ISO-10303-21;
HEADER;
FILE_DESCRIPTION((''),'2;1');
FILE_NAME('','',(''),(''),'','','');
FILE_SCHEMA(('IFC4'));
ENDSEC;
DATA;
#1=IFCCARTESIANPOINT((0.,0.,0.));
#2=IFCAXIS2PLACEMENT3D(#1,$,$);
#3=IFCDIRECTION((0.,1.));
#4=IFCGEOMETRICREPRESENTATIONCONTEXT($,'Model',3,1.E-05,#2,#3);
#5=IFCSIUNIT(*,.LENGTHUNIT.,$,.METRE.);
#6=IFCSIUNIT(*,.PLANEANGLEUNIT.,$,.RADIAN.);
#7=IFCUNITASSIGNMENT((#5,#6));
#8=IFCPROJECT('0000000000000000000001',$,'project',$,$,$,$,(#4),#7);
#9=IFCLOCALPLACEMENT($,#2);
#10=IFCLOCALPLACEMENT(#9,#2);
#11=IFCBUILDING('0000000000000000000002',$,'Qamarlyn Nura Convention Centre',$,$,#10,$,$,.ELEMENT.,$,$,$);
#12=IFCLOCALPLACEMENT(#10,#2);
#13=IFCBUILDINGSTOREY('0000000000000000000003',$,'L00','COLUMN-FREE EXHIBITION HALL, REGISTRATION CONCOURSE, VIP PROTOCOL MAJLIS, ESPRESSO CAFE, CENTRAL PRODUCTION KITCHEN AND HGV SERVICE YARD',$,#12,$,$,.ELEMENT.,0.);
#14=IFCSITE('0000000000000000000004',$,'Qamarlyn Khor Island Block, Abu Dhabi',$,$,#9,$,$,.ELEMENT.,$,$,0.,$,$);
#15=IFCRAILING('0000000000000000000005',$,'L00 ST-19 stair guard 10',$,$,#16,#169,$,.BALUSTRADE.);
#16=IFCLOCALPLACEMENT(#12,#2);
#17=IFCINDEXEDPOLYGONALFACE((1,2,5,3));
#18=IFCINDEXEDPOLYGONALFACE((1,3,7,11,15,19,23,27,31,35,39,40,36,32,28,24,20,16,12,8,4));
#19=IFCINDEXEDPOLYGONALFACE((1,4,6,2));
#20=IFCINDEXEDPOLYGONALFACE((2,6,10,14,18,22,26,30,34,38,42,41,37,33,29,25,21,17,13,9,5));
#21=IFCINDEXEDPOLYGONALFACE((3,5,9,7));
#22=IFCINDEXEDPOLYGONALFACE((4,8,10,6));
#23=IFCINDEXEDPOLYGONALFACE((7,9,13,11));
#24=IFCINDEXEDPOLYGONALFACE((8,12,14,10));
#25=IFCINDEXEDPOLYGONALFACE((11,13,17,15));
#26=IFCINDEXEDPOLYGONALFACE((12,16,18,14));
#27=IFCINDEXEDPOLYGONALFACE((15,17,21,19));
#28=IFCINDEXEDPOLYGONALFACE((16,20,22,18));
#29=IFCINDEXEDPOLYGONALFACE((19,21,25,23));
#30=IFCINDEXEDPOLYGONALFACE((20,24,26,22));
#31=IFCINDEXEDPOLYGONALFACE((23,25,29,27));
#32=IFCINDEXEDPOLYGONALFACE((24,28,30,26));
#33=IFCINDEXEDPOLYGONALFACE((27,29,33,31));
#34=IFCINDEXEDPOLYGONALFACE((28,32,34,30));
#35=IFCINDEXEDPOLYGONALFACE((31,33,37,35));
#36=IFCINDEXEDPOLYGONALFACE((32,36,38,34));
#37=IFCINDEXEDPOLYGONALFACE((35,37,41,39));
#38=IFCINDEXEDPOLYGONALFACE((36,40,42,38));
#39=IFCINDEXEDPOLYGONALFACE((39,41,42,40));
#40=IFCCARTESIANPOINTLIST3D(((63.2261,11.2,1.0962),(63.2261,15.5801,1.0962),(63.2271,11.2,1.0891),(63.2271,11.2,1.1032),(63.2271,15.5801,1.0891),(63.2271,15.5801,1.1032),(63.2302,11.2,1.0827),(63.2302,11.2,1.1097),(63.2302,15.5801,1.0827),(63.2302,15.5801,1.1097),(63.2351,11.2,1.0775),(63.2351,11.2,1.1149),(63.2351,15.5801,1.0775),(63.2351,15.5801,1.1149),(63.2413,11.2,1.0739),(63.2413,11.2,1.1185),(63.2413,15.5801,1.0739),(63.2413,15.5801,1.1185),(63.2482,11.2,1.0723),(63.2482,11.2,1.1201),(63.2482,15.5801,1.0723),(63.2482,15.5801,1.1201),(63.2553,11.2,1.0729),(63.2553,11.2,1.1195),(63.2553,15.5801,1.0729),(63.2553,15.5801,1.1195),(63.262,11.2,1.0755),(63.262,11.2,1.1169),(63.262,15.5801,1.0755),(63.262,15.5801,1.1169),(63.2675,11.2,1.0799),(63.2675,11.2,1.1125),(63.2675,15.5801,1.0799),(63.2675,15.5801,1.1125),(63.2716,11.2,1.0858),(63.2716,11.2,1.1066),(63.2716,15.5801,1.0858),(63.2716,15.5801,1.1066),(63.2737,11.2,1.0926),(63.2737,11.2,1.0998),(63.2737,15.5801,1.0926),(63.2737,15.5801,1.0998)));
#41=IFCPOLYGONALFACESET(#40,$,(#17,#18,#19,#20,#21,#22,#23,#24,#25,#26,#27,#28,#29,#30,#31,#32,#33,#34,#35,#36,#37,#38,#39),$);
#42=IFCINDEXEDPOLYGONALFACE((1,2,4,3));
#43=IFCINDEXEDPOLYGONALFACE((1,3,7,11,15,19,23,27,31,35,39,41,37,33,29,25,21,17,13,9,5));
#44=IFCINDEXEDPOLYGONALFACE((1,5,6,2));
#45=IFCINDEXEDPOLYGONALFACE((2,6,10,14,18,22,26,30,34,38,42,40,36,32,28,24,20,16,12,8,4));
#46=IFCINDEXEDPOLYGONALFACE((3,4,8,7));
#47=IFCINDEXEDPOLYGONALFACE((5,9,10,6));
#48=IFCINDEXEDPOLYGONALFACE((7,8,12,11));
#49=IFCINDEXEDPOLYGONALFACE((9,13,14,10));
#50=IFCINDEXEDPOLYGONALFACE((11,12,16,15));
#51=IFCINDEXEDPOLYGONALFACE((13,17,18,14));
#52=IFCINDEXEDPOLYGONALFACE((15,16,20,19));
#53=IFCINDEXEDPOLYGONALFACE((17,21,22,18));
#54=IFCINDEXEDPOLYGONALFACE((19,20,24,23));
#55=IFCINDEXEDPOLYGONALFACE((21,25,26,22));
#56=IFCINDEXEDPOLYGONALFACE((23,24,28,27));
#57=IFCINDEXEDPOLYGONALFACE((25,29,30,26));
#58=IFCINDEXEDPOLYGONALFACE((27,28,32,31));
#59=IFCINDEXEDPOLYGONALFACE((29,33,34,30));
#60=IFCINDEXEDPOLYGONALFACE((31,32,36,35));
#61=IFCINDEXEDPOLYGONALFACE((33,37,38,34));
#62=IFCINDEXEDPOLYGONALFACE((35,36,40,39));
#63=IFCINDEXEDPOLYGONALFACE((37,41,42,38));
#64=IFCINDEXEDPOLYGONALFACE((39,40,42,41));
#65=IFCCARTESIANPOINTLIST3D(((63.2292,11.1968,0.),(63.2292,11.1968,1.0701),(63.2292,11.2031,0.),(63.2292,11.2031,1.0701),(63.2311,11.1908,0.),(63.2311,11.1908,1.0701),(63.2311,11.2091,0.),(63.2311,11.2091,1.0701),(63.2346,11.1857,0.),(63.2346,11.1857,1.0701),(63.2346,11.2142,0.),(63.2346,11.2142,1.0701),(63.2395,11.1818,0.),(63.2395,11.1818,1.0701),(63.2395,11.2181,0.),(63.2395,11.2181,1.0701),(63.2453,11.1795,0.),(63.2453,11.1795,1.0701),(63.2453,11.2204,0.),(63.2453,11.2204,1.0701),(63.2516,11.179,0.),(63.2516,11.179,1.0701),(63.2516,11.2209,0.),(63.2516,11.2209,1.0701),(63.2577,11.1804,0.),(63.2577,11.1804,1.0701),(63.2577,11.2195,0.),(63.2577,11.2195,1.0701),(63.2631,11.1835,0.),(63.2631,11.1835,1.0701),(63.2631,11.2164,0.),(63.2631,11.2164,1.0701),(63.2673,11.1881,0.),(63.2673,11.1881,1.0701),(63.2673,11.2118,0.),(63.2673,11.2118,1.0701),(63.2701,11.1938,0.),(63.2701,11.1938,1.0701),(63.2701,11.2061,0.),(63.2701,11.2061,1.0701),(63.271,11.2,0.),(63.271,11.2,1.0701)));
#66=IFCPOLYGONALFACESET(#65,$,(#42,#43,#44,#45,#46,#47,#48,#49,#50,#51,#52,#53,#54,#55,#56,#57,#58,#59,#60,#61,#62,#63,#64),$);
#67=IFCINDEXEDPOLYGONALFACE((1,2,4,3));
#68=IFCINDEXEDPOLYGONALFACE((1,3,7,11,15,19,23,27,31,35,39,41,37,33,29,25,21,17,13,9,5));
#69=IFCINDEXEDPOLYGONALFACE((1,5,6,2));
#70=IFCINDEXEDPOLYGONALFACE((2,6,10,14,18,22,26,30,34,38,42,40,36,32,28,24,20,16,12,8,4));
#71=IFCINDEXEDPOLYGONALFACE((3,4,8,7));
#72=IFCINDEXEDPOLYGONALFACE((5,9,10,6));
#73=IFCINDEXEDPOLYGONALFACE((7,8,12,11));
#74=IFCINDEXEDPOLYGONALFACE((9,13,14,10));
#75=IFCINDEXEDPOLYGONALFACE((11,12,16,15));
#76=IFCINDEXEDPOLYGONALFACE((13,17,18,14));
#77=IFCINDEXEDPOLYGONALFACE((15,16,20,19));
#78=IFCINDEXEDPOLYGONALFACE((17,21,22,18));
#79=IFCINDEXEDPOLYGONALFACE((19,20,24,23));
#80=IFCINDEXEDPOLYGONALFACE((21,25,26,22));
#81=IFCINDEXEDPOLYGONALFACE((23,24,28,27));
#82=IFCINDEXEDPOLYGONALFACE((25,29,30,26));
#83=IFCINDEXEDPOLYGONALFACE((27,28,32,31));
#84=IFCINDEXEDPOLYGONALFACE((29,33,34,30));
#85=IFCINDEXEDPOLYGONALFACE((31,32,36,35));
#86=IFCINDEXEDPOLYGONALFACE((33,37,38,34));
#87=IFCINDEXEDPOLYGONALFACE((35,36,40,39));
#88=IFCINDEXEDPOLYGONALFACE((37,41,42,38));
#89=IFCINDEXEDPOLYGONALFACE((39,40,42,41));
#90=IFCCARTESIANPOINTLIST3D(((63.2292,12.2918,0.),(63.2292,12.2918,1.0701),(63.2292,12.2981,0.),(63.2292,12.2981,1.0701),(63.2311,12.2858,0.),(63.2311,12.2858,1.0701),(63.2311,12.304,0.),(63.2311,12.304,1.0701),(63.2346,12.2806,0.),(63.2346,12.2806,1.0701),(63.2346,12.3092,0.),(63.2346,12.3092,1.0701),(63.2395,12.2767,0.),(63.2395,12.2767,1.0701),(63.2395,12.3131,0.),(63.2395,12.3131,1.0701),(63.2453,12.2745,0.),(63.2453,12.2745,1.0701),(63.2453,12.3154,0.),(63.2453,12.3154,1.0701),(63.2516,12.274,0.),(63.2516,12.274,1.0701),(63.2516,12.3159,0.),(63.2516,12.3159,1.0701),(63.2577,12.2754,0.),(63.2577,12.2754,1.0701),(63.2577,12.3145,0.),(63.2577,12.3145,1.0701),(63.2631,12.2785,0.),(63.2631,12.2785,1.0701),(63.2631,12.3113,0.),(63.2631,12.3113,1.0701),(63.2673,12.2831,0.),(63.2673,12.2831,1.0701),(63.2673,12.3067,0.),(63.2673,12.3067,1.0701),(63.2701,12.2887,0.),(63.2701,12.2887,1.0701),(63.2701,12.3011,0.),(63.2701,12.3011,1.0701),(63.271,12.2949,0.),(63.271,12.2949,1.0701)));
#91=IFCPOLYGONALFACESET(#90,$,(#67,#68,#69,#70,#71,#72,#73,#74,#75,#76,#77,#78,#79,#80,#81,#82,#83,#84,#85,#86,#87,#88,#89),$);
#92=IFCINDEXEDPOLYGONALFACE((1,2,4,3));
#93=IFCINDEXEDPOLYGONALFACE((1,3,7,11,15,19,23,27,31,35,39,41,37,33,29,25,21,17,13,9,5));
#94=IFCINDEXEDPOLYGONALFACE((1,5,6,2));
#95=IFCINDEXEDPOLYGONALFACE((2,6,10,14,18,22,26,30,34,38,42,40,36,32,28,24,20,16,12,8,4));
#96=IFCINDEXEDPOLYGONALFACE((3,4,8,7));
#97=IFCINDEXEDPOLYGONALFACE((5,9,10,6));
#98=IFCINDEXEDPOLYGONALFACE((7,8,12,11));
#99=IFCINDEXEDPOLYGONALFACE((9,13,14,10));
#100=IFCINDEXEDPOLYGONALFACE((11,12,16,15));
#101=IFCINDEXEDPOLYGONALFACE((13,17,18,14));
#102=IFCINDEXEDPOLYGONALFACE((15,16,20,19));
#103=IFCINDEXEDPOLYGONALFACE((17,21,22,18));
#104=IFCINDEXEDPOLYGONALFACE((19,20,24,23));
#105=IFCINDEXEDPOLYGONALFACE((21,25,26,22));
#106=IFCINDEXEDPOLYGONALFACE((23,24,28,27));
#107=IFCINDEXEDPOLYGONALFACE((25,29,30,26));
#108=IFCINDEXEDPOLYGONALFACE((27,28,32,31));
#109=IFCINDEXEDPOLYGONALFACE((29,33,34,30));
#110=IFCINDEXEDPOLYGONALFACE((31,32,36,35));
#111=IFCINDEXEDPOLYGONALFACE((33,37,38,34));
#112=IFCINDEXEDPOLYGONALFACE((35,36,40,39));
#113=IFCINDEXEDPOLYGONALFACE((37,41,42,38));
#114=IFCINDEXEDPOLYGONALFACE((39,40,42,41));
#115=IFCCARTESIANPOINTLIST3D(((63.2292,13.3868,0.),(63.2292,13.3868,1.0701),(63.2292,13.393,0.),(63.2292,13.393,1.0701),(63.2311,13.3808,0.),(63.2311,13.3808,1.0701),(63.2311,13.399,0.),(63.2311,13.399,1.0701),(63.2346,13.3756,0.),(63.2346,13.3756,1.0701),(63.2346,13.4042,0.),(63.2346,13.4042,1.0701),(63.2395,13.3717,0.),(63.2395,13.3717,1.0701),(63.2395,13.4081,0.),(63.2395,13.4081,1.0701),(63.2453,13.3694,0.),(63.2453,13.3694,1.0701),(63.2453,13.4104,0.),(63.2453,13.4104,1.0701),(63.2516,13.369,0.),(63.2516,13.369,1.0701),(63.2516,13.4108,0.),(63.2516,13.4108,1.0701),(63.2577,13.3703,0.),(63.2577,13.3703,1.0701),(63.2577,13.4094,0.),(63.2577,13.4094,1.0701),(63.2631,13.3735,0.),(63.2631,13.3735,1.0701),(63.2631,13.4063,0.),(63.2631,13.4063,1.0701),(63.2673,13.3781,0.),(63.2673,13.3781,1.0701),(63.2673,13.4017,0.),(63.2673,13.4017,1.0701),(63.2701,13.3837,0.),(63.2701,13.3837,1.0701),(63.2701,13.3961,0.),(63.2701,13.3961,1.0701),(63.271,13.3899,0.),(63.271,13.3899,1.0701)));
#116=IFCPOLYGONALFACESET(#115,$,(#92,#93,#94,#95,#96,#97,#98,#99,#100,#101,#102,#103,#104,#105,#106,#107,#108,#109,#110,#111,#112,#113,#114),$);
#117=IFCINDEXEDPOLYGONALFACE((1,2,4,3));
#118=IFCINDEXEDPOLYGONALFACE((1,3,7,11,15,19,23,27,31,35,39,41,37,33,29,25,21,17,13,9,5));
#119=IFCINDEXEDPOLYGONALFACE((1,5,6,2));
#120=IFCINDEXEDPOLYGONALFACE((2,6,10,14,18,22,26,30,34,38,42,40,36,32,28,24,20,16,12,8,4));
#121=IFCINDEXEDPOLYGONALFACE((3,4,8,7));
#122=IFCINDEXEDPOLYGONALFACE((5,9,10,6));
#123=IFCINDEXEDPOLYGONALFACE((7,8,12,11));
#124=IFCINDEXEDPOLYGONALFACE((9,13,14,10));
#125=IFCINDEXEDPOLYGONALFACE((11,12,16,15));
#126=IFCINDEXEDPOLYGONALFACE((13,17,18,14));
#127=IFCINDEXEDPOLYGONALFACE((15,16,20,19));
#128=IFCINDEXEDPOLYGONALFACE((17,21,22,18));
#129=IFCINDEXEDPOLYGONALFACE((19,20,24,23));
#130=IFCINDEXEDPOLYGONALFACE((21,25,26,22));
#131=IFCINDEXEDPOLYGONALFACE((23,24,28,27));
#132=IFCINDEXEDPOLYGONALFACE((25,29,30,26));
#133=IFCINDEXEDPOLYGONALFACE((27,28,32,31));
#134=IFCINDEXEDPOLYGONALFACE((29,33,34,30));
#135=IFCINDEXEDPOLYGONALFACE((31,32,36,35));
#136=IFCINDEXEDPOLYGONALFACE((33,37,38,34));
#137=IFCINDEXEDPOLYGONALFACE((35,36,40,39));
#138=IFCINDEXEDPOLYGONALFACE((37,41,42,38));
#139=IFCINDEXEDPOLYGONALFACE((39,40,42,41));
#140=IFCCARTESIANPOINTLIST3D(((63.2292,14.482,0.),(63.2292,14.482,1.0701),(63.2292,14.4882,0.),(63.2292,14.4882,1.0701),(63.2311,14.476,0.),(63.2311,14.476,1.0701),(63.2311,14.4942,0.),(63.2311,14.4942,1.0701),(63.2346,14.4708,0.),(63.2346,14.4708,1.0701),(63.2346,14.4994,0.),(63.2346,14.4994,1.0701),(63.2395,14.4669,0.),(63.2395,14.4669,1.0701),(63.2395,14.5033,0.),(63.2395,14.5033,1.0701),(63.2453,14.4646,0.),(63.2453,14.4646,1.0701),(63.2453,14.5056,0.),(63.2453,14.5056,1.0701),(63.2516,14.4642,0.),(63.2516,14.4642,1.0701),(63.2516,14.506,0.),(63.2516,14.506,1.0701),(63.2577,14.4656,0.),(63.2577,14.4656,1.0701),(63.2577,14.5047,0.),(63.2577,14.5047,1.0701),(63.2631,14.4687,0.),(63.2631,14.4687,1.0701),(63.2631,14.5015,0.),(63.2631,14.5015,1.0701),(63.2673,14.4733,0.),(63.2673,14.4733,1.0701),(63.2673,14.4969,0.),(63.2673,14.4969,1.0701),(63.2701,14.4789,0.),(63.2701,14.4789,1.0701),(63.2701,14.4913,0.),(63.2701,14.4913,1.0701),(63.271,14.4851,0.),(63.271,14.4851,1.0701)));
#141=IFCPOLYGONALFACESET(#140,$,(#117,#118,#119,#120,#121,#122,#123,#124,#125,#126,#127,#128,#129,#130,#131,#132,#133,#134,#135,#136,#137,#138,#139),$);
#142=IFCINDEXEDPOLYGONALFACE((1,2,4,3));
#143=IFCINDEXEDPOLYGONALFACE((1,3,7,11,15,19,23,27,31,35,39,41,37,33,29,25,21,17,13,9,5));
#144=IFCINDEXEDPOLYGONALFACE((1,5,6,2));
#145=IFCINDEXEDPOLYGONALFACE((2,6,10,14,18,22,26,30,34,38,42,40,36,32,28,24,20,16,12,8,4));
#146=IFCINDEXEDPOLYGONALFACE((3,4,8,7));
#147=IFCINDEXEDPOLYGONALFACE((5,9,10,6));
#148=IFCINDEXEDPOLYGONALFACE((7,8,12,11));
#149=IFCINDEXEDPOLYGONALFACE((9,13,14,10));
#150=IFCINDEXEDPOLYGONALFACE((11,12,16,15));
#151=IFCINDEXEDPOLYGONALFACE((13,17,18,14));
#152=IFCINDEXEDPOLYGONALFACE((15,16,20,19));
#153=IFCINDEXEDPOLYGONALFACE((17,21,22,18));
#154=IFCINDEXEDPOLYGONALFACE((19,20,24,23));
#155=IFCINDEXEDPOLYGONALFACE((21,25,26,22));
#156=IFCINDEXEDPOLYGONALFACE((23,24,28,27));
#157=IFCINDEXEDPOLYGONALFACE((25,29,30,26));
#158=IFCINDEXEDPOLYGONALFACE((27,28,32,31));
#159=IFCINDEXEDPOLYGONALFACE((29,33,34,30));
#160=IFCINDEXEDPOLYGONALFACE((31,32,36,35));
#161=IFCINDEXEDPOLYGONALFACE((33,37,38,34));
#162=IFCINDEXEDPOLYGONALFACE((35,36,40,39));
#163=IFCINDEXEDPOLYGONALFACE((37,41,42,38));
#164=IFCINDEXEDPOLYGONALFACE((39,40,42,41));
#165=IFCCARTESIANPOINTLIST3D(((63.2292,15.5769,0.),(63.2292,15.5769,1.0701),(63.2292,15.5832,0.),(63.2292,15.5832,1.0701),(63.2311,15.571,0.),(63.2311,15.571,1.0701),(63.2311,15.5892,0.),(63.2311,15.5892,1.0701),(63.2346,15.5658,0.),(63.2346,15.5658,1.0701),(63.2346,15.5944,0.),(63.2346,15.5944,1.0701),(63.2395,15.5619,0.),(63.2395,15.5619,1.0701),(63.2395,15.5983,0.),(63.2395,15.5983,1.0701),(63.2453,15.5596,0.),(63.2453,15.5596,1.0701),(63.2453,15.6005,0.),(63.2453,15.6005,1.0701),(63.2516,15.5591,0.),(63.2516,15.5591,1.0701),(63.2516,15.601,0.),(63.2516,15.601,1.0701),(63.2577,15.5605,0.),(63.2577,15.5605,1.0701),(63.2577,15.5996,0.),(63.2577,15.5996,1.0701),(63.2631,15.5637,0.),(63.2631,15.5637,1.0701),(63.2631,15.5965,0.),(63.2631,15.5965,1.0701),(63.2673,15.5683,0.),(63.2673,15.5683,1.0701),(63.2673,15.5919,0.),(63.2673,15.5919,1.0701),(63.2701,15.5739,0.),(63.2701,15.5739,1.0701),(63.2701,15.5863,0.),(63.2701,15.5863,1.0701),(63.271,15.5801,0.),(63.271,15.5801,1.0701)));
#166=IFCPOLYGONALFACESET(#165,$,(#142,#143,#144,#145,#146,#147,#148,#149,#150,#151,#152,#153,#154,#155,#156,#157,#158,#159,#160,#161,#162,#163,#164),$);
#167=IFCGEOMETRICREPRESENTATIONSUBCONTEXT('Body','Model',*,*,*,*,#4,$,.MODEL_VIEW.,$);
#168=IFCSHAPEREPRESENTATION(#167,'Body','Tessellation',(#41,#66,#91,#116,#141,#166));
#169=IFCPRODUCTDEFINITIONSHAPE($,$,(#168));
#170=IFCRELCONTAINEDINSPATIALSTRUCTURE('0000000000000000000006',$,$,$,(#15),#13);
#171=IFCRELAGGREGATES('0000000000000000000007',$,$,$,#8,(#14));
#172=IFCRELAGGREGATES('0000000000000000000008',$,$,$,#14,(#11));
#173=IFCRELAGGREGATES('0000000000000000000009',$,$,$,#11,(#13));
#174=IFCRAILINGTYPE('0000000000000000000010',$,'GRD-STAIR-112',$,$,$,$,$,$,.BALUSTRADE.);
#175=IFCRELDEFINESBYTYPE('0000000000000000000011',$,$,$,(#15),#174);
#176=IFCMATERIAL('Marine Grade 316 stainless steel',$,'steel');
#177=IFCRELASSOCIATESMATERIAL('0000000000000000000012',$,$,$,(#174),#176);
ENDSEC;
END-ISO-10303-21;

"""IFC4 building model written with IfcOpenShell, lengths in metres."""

from ifc_helpers import new_model, si_unit, direction, frame, origin, origin_2d, place, context, subcontext, project, spatial, circle, extrude, material, type_object, element, save


model = new_model("IFC4")

# Units and contexts
model_context = context("Model", 3, precision=1e-05, world=origin(), true_north=direction((0.0, 1.0)))
body_context = subcontext(model_context, "Body", "Model", "MODEL_VIEW")
ifc_project = project(units=[si_unit("LENGTHUNIT", "METRE"), si_unit("PLANEANGLEUNIT", "RADIAN")], contexts=[model_context])

# Site, building, storey
site_placement = place(None, origin())
site = spatial("IfcSite", under=ifc_project, at=site_placement, Name="Qamarlyn Khor Island Block, Abu Dhabi", CompositionType="ELEMENT", RefElevation=0.0)
building_placement = place(site_placement, origin())
building = spatial("IfcBuilding", under=site, at=building_placement, Name="Qamarlyn Nura Convention Centre", CompositionType="ELEMENT")
storey_placement = place(building_placement, origin())
storey = spatial("IfcBuildingStorey", under=building, at=storey_placement, Name="L00", Description="COLUMN-FREE EXHIBITION HALL, REGISTRATION CONCOURSE, VIP PROTOCOL MAJLIS, ESPRESSO CAFE, CENTRAL PRODUCTION KITCHEN AND HGV SERVICE YARD", CompositionType="ELEMENT", Elevation=0.0)

# Railing
ifc_material_1 = material(Name="Marine Grade 316 stainless steel", Category="steel")
railing_type_1 = type_object("IfcRailingType", Name="GRD-STAIR-112", PredefinedType="BALUSTRADE", material=ifc_material_1)
railing_1_placement = place(storey_placement, frame((63.25, 11.2, 0.0)))
element("IfcRailing", 1, at=railing_1_placement, inside=storey, type_object=railing_type_1, Name="L00 ST-19 stair guard 10", PredefinedType="BALUSTRADE", context=body_context, shape_type="SweptSolid", body=[
    extrude(circle(Radius=0.0239, at=origin_2d()), frame((0.0, 0.0, 1.0962), z_axis=(0.0, 1.0, 0.0), x_axis=(-1.0, 0.0, 0.0)), (0.0, 0.0, 1.0), 4.3801),
    extrude(circle(Radius=0.021, at=origin_2d()), origin(), (0.0, 0.0, 1.0), 1.0701),
    extrude(circle(Radius=0.021, at=origin_2d()), frame((0.0, 1.095, 0.0)), (0.0, 0.0, 1.0), 1.0701),
    extrude(circle(Radius=0.021, at=origin_2d()), frame((0.0, 2.1899, 0.0)), (0.0, 0.0, 1.0), 1.0701),
    extrude(circle(Radius=0.021, at=origin_2d()), frame((0.0, 3.2852, 0.0)), (0.0, 0.0, 1.0), 1.0701),
    extrude(circle(Radius=0.021, at=origin_2d()), frame((0.0, 4.3801, 0.0)), (0.0, 0.0, 1.0), 1.0701),
])

save(model, "model.ifc")
